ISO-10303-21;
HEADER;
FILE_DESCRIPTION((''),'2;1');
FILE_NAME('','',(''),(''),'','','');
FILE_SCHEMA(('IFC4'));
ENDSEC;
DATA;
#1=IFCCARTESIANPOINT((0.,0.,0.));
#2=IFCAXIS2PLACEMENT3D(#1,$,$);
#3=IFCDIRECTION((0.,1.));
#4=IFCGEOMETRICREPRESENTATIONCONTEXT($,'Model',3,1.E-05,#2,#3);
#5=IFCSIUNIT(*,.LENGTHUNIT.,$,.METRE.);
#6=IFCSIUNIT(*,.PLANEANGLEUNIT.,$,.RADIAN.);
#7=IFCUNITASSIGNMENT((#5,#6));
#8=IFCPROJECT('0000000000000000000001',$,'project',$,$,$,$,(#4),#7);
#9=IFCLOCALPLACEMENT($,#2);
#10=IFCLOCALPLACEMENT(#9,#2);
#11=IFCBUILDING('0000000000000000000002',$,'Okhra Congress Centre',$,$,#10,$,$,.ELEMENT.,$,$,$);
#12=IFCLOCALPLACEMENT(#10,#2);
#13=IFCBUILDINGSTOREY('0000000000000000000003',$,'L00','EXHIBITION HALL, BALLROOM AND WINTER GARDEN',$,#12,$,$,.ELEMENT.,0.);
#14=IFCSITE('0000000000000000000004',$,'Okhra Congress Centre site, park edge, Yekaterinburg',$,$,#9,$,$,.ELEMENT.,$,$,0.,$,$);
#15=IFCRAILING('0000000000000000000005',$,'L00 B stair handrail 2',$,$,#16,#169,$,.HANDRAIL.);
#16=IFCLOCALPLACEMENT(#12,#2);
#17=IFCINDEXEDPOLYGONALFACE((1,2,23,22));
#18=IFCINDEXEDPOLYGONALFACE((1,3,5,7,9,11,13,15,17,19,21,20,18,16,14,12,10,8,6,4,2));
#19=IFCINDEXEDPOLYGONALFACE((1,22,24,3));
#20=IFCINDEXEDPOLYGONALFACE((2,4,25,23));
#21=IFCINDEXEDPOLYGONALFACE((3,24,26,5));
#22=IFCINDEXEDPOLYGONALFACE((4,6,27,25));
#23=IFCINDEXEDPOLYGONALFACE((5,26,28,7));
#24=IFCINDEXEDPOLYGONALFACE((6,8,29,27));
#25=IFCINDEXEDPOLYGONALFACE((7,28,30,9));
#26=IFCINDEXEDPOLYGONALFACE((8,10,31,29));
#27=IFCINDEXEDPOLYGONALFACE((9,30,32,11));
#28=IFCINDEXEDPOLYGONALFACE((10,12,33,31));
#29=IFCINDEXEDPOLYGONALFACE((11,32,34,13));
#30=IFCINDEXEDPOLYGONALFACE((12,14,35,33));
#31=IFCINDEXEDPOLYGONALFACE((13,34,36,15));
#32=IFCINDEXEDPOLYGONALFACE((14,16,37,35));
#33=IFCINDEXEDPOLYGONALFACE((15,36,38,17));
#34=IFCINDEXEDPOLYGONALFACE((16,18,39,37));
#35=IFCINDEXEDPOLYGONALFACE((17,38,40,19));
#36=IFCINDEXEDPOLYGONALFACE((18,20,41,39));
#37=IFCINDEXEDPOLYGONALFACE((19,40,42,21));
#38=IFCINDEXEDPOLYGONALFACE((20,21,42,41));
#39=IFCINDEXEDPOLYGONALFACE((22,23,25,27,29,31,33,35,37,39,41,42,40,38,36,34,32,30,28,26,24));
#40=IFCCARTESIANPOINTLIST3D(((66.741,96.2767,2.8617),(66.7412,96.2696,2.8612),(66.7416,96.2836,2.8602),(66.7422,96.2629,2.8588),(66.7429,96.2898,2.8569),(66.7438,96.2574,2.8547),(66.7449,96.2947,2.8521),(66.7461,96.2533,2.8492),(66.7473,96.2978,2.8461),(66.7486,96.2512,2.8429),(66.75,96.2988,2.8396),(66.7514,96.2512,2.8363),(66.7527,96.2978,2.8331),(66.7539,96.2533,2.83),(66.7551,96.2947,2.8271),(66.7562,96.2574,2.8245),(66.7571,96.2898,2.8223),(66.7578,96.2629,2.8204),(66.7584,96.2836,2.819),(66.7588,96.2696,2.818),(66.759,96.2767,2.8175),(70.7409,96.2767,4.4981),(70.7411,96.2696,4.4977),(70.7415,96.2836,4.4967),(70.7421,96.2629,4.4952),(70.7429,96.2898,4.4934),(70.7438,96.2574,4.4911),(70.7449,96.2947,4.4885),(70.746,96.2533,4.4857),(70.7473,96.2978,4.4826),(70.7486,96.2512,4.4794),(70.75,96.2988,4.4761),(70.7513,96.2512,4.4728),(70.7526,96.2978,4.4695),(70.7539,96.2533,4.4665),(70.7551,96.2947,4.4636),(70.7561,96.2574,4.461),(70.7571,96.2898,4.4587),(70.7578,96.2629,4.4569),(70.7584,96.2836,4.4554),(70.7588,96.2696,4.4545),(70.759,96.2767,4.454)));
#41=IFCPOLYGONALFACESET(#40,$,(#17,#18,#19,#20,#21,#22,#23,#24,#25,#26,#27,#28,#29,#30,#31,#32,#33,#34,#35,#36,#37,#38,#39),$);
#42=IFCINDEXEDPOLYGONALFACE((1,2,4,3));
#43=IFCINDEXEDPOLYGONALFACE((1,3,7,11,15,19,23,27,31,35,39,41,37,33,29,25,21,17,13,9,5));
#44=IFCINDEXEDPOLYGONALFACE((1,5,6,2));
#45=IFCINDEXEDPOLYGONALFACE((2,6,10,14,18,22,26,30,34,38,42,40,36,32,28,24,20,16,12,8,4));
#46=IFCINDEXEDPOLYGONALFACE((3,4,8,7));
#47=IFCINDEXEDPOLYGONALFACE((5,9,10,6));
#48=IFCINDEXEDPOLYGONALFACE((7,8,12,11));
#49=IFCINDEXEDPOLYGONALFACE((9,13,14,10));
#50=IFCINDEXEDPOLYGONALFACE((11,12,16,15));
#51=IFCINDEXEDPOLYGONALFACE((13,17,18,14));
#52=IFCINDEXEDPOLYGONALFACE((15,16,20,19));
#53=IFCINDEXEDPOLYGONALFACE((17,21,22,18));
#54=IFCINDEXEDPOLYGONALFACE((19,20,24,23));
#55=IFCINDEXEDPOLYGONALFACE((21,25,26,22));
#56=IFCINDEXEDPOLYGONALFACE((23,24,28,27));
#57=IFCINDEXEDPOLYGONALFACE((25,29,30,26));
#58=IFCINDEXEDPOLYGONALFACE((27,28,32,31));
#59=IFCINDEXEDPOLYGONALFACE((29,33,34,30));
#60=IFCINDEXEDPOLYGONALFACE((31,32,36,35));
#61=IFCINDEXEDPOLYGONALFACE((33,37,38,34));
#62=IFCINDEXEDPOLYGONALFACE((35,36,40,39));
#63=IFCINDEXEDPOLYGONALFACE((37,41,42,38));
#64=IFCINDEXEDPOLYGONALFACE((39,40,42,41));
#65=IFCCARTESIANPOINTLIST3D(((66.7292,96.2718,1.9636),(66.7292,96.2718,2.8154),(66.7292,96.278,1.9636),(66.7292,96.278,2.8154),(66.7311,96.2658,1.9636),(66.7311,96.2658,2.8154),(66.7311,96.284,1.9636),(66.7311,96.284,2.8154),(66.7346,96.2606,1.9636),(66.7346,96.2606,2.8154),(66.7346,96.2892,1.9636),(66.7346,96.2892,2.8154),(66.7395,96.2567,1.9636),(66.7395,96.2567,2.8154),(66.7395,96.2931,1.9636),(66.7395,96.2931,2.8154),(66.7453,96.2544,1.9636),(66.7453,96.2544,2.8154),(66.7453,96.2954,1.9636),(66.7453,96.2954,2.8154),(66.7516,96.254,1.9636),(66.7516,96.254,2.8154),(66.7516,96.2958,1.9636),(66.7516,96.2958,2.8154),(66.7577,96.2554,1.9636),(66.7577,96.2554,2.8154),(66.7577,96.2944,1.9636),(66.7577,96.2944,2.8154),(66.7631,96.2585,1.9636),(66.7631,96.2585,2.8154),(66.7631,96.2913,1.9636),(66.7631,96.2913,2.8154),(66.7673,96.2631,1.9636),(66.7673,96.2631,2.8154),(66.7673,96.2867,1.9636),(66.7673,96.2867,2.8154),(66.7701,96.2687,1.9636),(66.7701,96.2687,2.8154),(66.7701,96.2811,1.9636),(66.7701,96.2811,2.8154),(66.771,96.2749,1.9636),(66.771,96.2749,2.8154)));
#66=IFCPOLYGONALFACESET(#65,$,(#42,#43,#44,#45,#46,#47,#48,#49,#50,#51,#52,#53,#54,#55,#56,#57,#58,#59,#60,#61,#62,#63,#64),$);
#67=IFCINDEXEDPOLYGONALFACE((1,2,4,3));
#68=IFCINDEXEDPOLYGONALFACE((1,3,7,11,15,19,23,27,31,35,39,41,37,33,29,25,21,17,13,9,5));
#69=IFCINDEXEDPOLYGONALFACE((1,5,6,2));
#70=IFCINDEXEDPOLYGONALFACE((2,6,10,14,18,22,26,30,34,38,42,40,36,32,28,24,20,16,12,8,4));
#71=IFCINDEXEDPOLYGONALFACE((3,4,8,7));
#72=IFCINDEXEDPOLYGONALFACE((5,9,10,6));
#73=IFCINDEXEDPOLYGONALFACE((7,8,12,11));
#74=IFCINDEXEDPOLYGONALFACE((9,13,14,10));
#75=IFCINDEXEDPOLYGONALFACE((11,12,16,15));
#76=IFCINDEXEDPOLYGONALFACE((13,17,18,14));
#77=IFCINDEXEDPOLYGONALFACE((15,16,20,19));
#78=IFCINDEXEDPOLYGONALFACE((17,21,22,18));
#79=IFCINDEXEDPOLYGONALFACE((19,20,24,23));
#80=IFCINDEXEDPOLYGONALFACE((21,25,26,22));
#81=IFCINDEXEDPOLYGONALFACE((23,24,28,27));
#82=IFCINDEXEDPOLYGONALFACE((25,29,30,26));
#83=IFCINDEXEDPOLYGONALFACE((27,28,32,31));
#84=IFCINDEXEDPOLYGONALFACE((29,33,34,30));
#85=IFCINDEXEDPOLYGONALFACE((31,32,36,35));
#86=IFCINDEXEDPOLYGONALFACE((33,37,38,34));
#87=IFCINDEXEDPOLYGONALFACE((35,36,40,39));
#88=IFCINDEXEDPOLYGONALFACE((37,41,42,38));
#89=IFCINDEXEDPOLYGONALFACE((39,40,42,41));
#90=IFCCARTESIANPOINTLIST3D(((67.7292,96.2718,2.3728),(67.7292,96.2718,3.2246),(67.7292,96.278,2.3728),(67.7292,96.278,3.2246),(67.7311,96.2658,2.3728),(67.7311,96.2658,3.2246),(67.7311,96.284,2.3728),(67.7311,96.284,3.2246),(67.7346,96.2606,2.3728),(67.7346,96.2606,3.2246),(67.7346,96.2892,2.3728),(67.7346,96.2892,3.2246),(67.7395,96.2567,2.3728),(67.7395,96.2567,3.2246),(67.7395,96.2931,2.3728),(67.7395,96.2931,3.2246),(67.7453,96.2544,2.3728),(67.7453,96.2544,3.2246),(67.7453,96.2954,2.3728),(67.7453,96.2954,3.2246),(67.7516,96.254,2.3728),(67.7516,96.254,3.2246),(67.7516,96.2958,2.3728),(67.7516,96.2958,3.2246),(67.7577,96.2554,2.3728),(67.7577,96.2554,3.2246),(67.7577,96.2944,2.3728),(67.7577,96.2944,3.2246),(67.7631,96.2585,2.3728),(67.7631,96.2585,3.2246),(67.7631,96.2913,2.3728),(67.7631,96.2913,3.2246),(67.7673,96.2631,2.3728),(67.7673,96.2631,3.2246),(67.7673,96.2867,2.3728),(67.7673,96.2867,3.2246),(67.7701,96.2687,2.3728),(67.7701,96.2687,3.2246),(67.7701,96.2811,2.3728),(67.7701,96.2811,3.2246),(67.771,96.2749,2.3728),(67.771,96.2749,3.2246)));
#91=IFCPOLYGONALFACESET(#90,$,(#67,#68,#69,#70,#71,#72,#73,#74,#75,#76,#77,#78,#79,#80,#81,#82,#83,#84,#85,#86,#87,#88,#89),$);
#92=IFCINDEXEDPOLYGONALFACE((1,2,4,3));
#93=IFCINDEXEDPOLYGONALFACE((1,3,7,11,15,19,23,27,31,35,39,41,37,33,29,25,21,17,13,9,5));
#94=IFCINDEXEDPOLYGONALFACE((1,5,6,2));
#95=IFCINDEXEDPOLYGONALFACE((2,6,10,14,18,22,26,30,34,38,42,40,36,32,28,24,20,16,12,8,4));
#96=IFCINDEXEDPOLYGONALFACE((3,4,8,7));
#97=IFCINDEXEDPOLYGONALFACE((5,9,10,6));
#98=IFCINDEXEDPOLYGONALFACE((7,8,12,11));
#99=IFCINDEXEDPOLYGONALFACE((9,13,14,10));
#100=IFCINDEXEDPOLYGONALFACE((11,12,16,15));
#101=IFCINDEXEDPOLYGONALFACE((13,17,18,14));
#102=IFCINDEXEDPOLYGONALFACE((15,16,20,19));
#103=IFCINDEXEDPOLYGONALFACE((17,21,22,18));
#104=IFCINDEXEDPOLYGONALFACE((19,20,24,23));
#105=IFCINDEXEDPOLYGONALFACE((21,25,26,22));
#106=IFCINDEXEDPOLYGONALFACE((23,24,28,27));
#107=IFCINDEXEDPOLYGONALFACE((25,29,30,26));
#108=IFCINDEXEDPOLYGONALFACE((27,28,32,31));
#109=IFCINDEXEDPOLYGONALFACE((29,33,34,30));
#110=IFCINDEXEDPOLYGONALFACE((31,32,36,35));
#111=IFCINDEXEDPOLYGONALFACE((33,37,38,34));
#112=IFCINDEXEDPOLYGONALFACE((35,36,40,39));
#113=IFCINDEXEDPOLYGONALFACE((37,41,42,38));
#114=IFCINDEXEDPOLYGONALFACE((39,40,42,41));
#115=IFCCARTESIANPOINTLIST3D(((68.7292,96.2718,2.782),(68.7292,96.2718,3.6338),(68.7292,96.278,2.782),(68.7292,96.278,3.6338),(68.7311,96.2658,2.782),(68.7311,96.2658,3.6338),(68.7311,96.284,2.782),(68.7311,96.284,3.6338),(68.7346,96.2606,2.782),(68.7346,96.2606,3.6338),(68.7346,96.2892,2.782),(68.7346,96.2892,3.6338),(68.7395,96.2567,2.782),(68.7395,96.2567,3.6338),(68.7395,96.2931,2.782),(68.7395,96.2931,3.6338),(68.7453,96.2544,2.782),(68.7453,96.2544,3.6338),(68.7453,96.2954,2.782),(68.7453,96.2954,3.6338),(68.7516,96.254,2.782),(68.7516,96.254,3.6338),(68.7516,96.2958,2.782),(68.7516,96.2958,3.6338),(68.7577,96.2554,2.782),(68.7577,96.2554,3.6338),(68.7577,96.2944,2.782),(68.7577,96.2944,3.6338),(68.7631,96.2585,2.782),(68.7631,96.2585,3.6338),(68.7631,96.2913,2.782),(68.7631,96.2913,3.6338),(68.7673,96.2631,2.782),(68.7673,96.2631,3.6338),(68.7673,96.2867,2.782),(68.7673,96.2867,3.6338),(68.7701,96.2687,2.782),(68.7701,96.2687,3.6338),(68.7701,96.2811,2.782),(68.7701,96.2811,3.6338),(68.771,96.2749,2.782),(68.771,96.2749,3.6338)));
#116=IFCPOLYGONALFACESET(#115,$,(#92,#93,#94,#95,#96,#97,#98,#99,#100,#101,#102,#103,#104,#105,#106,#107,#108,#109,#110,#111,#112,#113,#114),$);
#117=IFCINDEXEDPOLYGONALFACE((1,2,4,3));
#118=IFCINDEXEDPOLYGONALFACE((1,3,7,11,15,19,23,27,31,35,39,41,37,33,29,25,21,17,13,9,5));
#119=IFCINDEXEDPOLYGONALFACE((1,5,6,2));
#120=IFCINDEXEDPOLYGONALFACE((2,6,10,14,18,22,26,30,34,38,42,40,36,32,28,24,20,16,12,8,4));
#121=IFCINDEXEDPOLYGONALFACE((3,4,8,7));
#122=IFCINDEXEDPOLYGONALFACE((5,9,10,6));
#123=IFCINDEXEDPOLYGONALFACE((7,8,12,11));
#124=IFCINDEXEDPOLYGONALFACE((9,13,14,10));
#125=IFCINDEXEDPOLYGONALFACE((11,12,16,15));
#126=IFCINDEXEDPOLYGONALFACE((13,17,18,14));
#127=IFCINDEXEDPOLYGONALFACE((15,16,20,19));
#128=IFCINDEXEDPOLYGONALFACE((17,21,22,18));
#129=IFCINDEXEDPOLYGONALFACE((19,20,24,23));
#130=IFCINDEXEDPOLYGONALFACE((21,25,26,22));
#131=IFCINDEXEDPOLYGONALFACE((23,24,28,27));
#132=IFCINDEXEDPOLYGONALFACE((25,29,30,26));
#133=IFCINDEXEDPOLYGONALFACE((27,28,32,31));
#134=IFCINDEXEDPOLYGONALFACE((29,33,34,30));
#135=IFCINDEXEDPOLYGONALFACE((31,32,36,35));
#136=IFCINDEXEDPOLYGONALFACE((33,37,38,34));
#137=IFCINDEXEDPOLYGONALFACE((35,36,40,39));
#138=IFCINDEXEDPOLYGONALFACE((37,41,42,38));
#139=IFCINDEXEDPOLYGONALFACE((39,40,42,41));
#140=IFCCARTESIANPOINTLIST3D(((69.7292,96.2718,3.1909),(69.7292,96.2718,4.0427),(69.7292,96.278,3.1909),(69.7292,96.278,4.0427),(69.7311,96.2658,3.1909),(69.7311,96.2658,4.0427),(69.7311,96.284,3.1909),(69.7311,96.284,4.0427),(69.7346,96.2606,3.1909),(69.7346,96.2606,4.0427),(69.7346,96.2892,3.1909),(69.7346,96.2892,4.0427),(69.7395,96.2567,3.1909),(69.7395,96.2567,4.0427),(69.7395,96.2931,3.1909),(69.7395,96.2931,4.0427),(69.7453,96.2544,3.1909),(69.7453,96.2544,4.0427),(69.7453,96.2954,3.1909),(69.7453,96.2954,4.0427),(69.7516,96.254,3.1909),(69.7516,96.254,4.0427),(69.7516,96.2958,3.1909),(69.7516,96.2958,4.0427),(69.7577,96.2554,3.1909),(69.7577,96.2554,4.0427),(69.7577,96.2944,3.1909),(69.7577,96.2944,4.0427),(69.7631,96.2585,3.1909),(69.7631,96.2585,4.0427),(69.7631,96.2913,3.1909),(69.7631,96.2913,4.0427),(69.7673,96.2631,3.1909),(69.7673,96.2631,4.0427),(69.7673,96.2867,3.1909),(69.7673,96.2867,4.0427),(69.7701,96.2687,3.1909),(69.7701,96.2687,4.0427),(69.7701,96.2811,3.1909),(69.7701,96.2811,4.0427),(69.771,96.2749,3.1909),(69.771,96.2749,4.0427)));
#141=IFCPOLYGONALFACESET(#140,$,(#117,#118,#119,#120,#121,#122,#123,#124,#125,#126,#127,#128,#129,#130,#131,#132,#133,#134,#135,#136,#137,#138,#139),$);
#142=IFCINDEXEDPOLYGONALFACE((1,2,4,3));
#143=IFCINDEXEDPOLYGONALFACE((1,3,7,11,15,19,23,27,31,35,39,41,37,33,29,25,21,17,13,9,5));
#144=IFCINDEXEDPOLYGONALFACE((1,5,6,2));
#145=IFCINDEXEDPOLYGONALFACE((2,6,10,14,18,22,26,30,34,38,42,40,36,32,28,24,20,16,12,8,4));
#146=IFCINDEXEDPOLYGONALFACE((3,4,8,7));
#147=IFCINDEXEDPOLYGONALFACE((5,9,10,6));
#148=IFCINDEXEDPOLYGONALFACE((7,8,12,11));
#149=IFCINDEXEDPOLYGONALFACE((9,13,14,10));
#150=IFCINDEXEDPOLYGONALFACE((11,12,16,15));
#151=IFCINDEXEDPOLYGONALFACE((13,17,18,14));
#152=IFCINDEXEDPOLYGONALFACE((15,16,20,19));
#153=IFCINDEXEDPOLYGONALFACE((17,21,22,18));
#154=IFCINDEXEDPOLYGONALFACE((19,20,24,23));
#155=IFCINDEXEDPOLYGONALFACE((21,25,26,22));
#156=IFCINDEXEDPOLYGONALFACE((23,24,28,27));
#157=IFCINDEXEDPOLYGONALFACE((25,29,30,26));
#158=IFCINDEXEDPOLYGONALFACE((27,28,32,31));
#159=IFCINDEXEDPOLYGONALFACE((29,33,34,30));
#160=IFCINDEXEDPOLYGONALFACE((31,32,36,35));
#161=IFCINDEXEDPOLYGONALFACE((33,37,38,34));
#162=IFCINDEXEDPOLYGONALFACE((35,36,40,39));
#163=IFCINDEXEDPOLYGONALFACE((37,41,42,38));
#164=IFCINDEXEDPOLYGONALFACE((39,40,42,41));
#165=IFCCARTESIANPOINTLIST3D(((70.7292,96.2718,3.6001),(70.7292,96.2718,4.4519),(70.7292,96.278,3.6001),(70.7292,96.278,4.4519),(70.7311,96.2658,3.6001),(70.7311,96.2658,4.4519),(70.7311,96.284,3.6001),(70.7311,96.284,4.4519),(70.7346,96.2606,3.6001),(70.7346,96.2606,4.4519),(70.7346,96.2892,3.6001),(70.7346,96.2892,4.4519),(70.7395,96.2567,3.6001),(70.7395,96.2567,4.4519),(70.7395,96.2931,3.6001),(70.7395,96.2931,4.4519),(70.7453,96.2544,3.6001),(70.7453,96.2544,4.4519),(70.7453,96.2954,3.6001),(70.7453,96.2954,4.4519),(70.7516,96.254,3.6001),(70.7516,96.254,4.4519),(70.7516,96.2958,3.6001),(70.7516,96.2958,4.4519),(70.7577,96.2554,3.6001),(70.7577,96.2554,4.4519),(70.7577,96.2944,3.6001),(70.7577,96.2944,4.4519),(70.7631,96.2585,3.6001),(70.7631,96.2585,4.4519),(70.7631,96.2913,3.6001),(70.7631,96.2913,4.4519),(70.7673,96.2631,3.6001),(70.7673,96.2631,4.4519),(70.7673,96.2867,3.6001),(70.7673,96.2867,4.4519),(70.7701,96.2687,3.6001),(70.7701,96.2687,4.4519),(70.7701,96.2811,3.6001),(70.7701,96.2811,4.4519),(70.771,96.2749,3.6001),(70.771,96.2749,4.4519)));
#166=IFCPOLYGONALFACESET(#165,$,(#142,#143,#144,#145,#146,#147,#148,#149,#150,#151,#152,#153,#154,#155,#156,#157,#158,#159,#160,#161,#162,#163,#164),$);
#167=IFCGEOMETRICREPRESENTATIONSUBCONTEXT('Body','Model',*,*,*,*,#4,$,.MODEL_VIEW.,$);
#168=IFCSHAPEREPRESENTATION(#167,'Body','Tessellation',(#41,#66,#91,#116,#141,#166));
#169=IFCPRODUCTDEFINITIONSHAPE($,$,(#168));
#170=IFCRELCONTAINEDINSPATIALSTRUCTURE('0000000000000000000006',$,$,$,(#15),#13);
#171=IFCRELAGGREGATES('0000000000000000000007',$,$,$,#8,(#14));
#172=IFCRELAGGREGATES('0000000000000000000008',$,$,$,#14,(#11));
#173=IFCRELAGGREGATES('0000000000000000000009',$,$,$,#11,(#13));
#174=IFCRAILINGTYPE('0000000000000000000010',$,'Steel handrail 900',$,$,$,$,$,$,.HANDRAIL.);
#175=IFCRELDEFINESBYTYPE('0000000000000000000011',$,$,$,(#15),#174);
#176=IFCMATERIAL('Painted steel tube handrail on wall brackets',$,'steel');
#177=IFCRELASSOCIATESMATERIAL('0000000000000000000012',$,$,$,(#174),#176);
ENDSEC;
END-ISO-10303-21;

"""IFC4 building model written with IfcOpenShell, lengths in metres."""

from ifc_helpers import new_model, si_unit, direction, frame, origin, origin_2d, place, context, subcontext, project, spatial, circle, extrude, material, type_object, element, save


model = new_model("IFC4")

# Units and contexts
model_context = context("Model", 3, precision=1e-05, world=origin(), true_north=direction((0.0, 1.0)))
body_context = subcontext(model_context, "Body", "Model", "MODEL_VIEW")
ifc_project = project(units=[si_unit("LENGTHUNIT", "METRE"), si_unit("PLANEANGLEUNIT", "RADIAN")], contexts=[model_context])

# Site, building, storey
site_placement = place(None, origin())
site = spatial("IfcSite", under=ifc_project, at=site_placement, Name="Okhra Congress Centre site, park edge, Yekaterinburg", CompositionType="ELEMENT", RefElevation=0.0)
building_placement = place(site_placement, origin())
building = spatial("IfcBuilding", under=site, at=building_placement, Name="Okhra Congress Centre", CompositionType="ELEMENT")
storey_placement = place(building_placement, origin())
storey = spatial("IfcBuildingStorey", under=building, at=storey_placement, Name="L00", Description="EXHIBITION HALL, BALLROOM AND WINTER GARDEN", CompositionType="ELEMENT", Elevation=0.0)

# Railing
ifc_material_1 = material(Name="Painted steel tube handrail on wall brackets", Category="steel")
railing_type_1 = type_object("IfcRailingType", Name="Steel handrail 900", PredefinedType="HANDRAIL", material=ifc_material_1)
railing_1_placement = place(storey_placement, frame((66.75, 96.2749, 1.9636)))
element("IfcRailing", 1, at=railing_1_placement, inside=storey, type_object=railing_type_1, Name="L00 B stair handrail 2", PredefinedType="HANDRAIL", context=body_context, shape_type="SweptSolid", body=[
    extrude(circle(Radius=0.0239, at=origin_2d()), frame((0.0, 0.0, 0.876), z_axis=(0.925538, 0.0, 0.378655), x_axis=(0.0, 1.0, 0.0)), (0.0, 0.0, 1.0), 4.3218),
    extrude(circle(Radius=0.021, at=origin_2d()), origin(), (0.0, 0.0, 1.0), 0.8518),
    extrude(circle(Radius=0.021, at=origin_2d()), frame((1.0, 0.0, 0.4092)), (0.0, 0.0, 1.0), 0.8518),
    extrude(circle(Radius=0.021, at=origin_2d()), frame((2.0, 0.0, 0.8184)), (0.0, 0.0, 1.0), 0.8518),
    extrude(circle(Radius=0.021, at=origin_2d()), frame((3.0, 0.0, 1.2273)), (0.0, 0.0, 1.0), 0.8518),
    extrude(circle(Radius=0.021, at=origin_2d()), frame((4.0, 0.0, 1.6365)), (0.0, 0.0, 1.0), 0.8518),
])

save(model, "model.ifc")
